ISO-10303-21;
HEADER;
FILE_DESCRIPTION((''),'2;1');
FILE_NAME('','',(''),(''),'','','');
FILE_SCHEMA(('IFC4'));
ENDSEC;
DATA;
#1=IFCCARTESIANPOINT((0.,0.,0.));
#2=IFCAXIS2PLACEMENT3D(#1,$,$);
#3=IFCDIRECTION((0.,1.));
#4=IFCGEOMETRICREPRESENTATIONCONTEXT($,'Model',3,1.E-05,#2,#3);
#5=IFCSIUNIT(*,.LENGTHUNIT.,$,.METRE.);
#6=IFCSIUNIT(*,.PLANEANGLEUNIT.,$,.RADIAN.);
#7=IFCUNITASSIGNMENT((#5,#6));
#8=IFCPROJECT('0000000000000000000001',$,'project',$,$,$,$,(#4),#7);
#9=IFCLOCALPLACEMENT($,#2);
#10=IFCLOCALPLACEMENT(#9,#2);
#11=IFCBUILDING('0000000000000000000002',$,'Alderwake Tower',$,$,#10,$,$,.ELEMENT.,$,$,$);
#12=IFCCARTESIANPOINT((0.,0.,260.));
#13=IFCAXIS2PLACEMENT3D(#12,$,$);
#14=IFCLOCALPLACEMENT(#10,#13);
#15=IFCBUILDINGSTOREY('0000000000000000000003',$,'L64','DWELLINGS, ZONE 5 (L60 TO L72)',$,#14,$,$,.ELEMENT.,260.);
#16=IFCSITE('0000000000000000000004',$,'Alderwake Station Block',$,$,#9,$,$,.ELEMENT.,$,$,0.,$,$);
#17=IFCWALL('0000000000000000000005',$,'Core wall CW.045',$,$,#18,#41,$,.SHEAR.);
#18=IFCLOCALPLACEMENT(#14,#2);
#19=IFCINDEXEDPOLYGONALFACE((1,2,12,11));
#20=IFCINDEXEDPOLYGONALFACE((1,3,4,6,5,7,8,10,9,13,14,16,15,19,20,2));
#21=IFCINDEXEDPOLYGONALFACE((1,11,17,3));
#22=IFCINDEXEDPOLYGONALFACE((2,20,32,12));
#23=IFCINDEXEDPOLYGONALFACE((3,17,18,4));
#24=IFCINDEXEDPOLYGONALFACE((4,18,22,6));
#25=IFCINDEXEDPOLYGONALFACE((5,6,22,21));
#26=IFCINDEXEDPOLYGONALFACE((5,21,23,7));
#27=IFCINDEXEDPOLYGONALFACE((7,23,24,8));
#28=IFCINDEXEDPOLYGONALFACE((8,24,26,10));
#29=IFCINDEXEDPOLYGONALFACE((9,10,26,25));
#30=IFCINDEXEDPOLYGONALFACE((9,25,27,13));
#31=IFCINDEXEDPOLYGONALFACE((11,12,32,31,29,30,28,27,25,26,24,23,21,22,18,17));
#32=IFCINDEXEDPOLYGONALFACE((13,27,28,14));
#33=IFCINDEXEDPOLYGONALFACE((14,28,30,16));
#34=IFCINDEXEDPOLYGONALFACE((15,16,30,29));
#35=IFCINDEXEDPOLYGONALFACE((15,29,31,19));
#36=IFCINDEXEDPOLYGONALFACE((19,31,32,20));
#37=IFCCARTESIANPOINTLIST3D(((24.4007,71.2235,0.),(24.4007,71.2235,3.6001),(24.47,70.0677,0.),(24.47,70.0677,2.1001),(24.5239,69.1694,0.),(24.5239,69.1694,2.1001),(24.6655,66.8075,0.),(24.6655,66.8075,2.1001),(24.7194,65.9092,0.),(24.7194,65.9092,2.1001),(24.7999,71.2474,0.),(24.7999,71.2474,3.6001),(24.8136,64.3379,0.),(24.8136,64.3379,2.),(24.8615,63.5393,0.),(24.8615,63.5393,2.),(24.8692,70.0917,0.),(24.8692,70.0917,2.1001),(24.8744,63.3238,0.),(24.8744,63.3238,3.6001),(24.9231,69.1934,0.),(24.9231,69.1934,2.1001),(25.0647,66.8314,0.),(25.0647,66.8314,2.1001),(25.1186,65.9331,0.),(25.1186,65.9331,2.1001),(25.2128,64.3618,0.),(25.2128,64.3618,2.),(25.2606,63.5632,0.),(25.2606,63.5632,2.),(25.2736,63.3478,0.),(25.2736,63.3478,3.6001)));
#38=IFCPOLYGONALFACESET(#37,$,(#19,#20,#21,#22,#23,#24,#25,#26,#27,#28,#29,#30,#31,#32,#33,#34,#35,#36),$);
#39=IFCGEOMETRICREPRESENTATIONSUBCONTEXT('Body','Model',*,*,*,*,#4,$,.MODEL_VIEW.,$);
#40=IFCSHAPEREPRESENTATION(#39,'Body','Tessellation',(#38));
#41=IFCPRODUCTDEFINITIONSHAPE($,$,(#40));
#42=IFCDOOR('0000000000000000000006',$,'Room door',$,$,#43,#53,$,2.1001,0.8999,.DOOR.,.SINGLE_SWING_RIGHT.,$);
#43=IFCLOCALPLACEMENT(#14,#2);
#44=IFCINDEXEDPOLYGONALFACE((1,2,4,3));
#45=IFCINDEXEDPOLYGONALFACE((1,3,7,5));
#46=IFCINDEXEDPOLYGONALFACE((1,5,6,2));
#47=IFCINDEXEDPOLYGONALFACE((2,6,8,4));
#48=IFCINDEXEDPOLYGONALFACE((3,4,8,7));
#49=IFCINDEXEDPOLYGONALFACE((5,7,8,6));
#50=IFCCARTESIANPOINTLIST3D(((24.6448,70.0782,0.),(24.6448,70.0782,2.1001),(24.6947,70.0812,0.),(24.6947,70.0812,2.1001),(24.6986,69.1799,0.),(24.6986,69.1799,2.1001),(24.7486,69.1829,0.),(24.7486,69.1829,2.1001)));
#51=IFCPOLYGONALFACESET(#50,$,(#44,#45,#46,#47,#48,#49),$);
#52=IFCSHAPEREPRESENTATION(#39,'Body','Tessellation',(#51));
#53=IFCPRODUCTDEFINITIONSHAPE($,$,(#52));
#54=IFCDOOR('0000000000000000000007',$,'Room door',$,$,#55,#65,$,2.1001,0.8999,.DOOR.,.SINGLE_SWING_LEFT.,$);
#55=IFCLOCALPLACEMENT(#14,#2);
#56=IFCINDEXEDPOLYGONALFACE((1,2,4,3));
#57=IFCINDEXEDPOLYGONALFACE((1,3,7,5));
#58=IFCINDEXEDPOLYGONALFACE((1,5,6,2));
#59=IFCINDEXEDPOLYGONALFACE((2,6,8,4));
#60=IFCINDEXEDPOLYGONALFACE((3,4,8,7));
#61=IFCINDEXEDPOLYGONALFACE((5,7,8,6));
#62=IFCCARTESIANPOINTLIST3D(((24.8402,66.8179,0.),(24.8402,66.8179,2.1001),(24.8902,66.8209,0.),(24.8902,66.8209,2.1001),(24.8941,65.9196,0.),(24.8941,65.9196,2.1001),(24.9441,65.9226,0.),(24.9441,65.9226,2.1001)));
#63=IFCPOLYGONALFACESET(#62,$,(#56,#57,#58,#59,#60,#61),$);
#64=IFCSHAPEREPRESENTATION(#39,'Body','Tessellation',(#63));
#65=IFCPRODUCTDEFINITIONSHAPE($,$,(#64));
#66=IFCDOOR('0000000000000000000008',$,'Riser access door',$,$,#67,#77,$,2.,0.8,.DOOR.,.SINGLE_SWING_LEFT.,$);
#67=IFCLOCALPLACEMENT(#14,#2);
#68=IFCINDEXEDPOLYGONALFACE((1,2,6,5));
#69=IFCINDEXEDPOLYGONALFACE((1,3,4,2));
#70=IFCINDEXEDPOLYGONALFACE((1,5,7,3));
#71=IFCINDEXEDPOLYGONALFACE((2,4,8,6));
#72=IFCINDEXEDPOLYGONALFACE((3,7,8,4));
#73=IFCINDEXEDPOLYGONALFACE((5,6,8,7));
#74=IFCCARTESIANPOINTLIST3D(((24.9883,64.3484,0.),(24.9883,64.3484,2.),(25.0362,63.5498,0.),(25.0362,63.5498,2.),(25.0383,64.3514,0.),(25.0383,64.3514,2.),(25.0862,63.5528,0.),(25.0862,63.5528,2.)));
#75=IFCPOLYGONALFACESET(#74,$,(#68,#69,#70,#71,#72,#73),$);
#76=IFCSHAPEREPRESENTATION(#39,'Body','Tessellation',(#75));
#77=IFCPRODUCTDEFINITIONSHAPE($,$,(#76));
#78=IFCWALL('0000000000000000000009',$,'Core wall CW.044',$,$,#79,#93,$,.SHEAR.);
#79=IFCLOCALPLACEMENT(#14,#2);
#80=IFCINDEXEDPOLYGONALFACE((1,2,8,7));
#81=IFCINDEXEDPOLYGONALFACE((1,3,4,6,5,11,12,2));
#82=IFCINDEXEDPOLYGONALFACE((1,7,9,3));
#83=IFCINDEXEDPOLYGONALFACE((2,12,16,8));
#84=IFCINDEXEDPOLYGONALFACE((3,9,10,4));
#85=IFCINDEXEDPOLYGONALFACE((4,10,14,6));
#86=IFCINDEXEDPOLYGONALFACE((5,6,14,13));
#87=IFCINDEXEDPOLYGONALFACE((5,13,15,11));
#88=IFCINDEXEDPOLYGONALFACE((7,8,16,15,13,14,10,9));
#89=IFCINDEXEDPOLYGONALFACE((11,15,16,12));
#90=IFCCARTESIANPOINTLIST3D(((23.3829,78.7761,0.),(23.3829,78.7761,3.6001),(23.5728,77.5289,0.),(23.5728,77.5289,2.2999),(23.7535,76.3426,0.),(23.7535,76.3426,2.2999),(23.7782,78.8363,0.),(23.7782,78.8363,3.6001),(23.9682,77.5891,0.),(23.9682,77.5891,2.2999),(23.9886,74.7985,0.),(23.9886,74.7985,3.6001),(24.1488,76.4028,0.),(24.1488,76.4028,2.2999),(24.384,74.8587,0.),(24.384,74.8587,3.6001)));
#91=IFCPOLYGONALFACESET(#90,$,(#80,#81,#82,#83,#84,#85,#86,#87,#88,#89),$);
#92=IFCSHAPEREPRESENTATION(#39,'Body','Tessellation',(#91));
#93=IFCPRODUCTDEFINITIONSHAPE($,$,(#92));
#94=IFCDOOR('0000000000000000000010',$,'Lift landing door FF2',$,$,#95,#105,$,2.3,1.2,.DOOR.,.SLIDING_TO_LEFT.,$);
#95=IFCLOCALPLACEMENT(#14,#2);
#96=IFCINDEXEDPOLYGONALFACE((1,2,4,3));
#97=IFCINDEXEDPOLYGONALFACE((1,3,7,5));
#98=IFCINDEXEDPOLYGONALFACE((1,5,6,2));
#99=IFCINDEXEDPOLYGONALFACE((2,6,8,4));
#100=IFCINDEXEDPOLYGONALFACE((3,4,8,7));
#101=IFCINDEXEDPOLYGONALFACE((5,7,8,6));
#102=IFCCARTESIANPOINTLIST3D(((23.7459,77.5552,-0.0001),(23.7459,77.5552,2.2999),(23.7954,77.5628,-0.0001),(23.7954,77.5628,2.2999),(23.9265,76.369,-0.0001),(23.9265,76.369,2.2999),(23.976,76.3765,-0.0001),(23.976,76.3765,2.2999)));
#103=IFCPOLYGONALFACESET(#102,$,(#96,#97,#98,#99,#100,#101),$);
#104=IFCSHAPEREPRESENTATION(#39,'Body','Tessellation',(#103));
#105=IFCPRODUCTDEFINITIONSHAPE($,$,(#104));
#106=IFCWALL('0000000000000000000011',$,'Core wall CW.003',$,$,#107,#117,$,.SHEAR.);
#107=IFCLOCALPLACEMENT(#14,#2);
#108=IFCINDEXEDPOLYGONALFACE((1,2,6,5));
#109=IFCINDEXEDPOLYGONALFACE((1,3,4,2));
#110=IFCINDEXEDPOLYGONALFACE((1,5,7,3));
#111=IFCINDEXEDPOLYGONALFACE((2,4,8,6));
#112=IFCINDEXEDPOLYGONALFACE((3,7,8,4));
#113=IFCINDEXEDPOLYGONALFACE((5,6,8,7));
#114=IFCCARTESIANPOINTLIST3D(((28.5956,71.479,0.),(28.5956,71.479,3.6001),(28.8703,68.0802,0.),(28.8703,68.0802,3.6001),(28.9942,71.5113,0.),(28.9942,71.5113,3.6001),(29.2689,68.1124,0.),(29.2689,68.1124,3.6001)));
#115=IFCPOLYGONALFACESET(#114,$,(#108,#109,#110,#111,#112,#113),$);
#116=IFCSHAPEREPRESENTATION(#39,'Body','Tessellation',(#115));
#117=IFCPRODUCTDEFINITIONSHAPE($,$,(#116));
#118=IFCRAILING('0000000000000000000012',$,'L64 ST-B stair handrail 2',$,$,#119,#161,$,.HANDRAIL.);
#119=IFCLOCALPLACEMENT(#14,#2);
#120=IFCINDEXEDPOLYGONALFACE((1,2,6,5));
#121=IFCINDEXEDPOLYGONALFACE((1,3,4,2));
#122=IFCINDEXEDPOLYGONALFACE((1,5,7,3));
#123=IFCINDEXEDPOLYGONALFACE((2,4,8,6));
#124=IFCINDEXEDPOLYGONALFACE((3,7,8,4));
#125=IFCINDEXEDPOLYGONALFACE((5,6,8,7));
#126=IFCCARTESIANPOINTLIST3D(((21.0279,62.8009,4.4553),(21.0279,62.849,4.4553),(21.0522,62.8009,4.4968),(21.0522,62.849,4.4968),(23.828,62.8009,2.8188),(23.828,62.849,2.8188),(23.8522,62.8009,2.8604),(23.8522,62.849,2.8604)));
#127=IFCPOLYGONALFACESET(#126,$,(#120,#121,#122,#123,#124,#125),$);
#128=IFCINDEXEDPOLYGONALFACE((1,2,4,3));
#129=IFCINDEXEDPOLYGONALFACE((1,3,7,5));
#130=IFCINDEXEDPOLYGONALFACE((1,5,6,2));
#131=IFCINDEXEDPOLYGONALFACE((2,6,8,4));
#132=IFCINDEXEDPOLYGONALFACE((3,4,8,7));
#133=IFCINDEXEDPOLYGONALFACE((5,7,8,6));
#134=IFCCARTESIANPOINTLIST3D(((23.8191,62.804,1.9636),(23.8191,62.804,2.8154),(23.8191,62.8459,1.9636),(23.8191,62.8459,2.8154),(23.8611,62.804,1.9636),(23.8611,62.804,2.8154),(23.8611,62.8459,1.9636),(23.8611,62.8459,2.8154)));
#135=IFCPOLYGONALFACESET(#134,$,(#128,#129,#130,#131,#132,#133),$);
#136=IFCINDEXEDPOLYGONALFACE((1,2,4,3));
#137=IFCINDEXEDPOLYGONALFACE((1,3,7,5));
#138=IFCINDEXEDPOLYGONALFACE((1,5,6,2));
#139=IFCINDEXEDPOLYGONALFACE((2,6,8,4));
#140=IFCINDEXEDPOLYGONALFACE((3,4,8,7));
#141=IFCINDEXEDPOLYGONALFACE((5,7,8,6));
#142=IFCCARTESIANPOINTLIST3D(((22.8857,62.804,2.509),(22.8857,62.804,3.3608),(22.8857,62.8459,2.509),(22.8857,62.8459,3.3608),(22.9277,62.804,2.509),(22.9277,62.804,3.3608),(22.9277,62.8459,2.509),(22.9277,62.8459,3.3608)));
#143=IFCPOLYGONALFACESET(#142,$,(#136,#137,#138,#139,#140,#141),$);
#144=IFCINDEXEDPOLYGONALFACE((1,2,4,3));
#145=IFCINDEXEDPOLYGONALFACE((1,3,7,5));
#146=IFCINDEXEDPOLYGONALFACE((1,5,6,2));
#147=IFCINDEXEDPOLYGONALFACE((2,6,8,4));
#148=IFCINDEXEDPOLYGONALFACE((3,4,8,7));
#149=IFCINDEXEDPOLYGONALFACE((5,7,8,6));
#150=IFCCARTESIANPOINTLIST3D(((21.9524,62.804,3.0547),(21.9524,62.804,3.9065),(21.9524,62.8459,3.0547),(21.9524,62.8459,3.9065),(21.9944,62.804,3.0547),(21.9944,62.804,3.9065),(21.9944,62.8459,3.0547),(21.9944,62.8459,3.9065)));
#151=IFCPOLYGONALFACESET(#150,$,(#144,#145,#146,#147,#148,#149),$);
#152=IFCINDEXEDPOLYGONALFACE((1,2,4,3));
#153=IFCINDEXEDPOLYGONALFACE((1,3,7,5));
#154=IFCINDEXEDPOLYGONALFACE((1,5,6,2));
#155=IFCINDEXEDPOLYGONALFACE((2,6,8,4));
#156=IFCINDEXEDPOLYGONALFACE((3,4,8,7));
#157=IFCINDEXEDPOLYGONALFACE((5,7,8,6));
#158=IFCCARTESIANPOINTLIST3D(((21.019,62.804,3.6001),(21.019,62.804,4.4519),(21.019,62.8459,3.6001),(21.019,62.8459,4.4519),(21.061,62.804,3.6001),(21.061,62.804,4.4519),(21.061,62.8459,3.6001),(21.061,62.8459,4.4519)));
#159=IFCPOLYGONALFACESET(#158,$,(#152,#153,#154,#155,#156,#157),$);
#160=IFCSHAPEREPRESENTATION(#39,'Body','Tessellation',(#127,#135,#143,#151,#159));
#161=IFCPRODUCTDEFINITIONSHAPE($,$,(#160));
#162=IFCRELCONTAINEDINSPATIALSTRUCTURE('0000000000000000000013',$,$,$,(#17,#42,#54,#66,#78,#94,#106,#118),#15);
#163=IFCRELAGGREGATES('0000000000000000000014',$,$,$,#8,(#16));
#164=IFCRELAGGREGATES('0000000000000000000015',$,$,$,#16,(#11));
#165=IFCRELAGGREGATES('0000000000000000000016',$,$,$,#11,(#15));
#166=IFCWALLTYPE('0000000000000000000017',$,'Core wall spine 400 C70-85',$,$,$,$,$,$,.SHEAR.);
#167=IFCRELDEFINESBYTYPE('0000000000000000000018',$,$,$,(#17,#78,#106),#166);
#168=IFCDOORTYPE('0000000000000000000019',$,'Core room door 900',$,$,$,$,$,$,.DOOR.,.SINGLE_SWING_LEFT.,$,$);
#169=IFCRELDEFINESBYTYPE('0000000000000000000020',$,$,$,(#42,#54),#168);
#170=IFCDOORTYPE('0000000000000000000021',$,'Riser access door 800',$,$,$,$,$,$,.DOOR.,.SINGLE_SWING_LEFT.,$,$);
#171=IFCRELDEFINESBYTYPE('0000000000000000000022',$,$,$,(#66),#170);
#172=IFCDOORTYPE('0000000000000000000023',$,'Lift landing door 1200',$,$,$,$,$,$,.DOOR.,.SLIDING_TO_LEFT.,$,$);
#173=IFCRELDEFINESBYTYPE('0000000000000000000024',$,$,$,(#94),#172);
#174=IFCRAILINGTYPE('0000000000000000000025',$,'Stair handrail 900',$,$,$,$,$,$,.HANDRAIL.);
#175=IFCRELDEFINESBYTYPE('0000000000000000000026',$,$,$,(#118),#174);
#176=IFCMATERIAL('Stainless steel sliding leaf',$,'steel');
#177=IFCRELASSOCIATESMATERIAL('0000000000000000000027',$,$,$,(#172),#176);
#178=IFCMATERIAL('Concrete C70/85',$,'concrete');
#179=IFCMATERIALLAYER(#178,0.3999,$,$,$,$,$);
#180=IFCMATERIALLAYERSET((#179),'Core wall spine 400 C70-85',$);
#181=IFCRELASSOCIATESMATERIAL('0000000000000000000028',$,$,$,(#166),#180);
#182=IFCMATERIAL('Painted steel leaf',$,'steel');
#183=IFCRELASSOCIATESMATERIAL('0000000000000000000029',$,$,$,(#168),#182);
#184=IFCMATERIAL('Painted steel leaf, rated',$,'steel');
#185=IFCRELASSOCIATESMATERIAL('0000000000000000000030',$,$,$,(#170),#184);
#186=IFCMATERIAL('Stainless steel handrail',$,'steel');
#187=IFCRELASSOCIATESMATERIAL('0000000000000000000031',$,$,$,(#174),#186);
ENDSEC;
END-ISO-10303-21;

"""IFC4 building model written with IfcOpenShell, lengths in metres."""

from ifc_helpers import new_model, si_unit, direction, frame, frame_2d, origin, origin_2d, place, context, subcontext, project, spatial, rectangle, extrude, material, layer, layer_set, type_object, element, fill, save


model = new_model("IFC4")

# Units and contexts
model_context = context("Model", 3, precision=1e-05, world=origin(), true_north=direction((0.0, 1.0)))
body_context = subcontext(model_context, "Body", "Model", "MODEL_VIEW")
ifc_project = project(units=[si_unit("LENGTHUNIT", "METRE"), si_unit("PLANEANGLEUNIT", "RADIAN")], contexts=[model_context])

# Site, building, storey
site_placement = place(None, origin())
site = spatial("IfcSite", under=ifc_project, at=site_placement, Name="Alderwake Station Block", CompositionType="ELEMENT", RefElevation=0.0)
building_placement = place(site_placement, origin())
building = spatial("IfcBuilding", under=site, at=building_placement, Name="Alderwake Tower", CompositionType="ELEMENT")
storey_placement = place(building_placement, frame((0.0, 0.0, 260.0)))
storey = spatial("IfcBuildingStorey", under=building, at=storey_placement, Name="L64", Description="DWELLINGS, ZONE 5 (L60 TO L72)", CompositionType="ELEMENT", Elevation=260.0)

# Shared definitions
ifc_material_1 = material(Name="Stainless steel sliding leaf", Category="steel")
door_type_1 = type_object("IfcDoorType", Name="Lift landing door 1200", OperationType="SLIDING_TO_LEFT", PredefinedType="DOOR", material=ifc_material_1)

# Wall, openings, doors
ifc_material_2 = material(Name="Concrete C70/85", Category="concrete")
ifc_layer_1 = layer(ifc_material_2, 0.3999)
ifc_layer_set_1 = layer_set([ifc_layer_1], Name="Core wall spine 400 C70-85")
wall_type_1 = type_object("IfcWallType", Name="Core wall spine 400 C70-85", PredefinedType="SHEAR", material=ifc_layer_set_1)
wall_1_placement = place(storey_placement, frame((25.074, 63.3357, 0.0), z_axis=(0.0, 0.0, 1.0), x_axis=(-0.059849, 0.998207, 0.0)))
wall_1 = element("IfcWall", 1, at=wall_1_placement, inside=storey, type_object=wall_type_1, Name="Core wall CW.045", PredefinedType="SHEAR", context=body_context, shape_type="SweptSolid", body=[
    extrude(rectangle(XDim=7.9138, YDim=0.3999, at=frame_2d((3.957, 0.0))), origin(), (0.0, 0.0, 1.0), 3.6001),
])
opening_1_placement = place(wall_1_placement, frame((0.2161, 0.0, 0.0)))
opening_1 = element("IfcOpeningElement", 2, at=opening_1_placement, cuts=wall_1, PredefinedType="OPENING", context=body_context, shape_type="SweptSolid", body=[
    extrude(rectangle(XDim=0.8, YDim=2.0, at=frame_2d((0.3999, 1.0))), frame((0.0, 0.21, 0.0), z_axis=(0.0, -1.0, 0.0), x_axis=(1.0, 0.0, 0.0)), (0.0, 0.0, 1.0), 0.4199),
])
opening_2_placement = place(wall_1_placement, frame((5.8562, 0.0, 0.0)))
opening_2 = element("IfcOpeningElement", 3, at=opening_2_placement, cuts=wall_1, PredefinedType="OPENING", context=body_context, shape_type="SweptSolid", body=[
    extrude(rectangle(XDim=0.8999, YDim=2.1001, at=frame_2d((0.45, 1.05))), frame((0.0, 0.21, 0.0), z_axis=(0.0, -1.0, 0.0), x_axis=(1.0, 0.0, 0.0)), (0.0, 0.0, 1.0), 0.4199),
])
opening_3_placement = place(wall_1_placement, frame((2.5901, 0.0, 0.0)))
opening_3 = element("IfcOpeningElement", 4, at=opening_3_placement, cuts=wall_1, PredefinedType="OPENING", context=body_context, shape_type="SweptSolid", body=[
    extrude(rectangle(XDim=0.8999, YDim=2.1001, at=frame_2d((0.45, 1.05))), frame((0.0, 0.21, 0.0), z_axis=(0.0, -1.0, 0.0), x_axis=(1.0, 0.0, 0.0)), (0.0, 0.0, 1.0), 0.4199),
])
ifc_material_3 = material(Name="Painted steel leaf", Category="steel")
door_type_2 = type_object("IfcDoorType", Name="Core room door 900", OperationType="SINGLE_SWING_LEFT", PredefinedType="DOOR", material=ifc_material_3)
door_1_placement = place(opening_2_placement, origin())
door_1 = element("IfcDoor", 5, at=door_1_placement, inside=storey, type_object=door_type_2, Name="Room door", OperationType="SINGLE_SWING_RIGHT", OverallHeight=2.1001, OverallWidth=0.8999, PredefinedType="DOOR", context=body_context, shape_type="SweptSolid", body=[
    extrude(rectangle(XDim=0.8999, YDim=2.1001, at=frame_2d((0.45, 1.05))), frame((0.0, 0.0249, 0.0), z_axis=(0.0, -1.0, 0.0), x_axis=(1.0, 0.0, 0.0)), (0.0, 0.0, 1.0), 0.05),
])
fill(opening_2, door_1)
door_2_placement = place(opening_3_placement, origin())
door_2 = element("IfcDoor", 6, at=door_2_placement, inside=storey, type_object=door_type_2, Name="Room door", OperationType="SINGLE_SWING_LEFT", OverallHeight=2.1001, OverallWidth=0.8999, PredefinedType="DOOR", context=body_context, shape_type="SweptSolid", body=[
    extrude(rectangle(XDim=0.8999, YDim=2.1001, at=frame_2d((0.45, 1.05))), frame((0.0, 0.0249, 0.0), z_axis=(0.0, -1.0, 0.0), x_axis=(1.0, 0.0, 0.0)), (0.0, 0.0, 1.0), 0.05),
])
fill(opening_3, door_2)
ifc_material_4 = material(Name="Painted steel leaf, rated", Category="steel")
door_type_3 = type_object("IfcDoorType", Name="Riser access door 800", OperationType="SINGLE_SWING_LEFT", PredefinedType="DOOR", material=ifc_material_4)
door_3_placement = place(opening_1_placement, origin())
door_3 = element("IfcDoor", 7, at=door_3_placement, inside=storey, type_object=door_type_3, Name="Riser access door", OperationType="SINGLE_SWING_LEFT", OverallHeight=2.0, OverallWidth=0.8, PredefinedType="DOOR", context=body_context, shape_type="SweptSolid", body=[
    extrude(rectangle(XDim=0.8, YDim=2.0, at=frame_2d((0.3999, 1.0))), frame((0.0, 0.0249, 0.0), z_axis=(0.0, -1.0, 0.0), x_axis=(1.0, 0.0, 0.0)), (0.0, 0.0, 1.0), 0.05),
])
fill(opening_1, door_3)

# Wall, opening, door
wall_2_placement = place(storey_placement, frame((24.1863, 74.8286, 0.0), z_axis=(0.0, 0.0, 1.0), x_axis=(-0.150548, 0.988603, 0.0)))
wall_2 = element("IfcWall", 8, at=wall_2_placement, inside=storey, type_object=wall_type_1, Name="Core wall CW.044", PredefinedType="SHEAR", context=body_context, shape_type="SweptSolid", body=[
    extrude(rectangle(XDim=4.0234, YDim=0.3999, at=frame_2d((2.0117, 0.0))), origin(), (0.0, 0.0, 1.0), 3.6001),
])
opening_4_placement = place(wall_2_placement, frame((1.5618, 0.0, 0.0)))
opening_4 = element("IfcOpeningElement", 9, at=opening_4_placement, cuts=wall_2, PredefinedType="OPENING", context=body_context, shape_type="SweptSolid", body=[
    extrude(rectangle(XDim=1.2, YDim=2.3, at=frame_2d((0.6001, 1.1499))), frame((0.0, 0.21, 0.0), z_axis=(0.0, -1.0, 0.0), x_axis=(1.0, 0.0, 0.0)), (0.0, 0.0, 1.0), 0.4199),
])
door_4_placement = place(opening_4_placement, origin())
door_4 = element("IfcDoor", 10, at=door_4_placement, inside=storey, type_object=door_type_1, Name="Lift landing door FF2", OperationType="SLIDING_TO_LEFT", OverallHeight=2.3, OverallWidth=1.2, PredefinedType="DOOR", context=body_context, shape_type="SweptSolid", body=[
    extrude(rectangle(XDim=1.2, YDim=2.3, at=frame_2d((0.6001, 1.1499))), frame((0.0, 0.0249, 0.0), z_axis=(0.0, -1.0, 0.0), x_axis=(1.0, 0.0, 0.0)), (0.0, 0.0, 1.0), 0.05),
])
fill(opening_4, door_4)

# Wall
wall_3_placement = place(storey_placement, frame((29.0696, 68.0962, 0.0), z_axis=(0.0, 0.0, 1.0), x_axis=(-0.080545, 0.996751, 0.0)))
element("IfcWall", 11, at=wall_3_placement, inside=storey, type_object=wall_type_1, Name="Core wall CW.003", PredefinedType="SHEAR", context=body_context, shape_type="SweptSolid", body=[
    extrude(rectangle(XDim=3.4099, YDim=0.3999, at=frame_2d((1.7051, 0.0))), origin(), (0.0, 0.0, 1.0), 3.6001),
])

# Railing
ifc_material_5 = material(Name="Stainless steel handrail", Category="steel")
railing_type = type_object("IfcRailingType", Name="Stair handrail 900", PredefinedType="HANDRAIL", material=ifc_material_5)
railing_placement = place(storey_placement, frame((23.8401, 62.825, 1.9636)))
element("IfcRailing", 12, at=railing_placement, inside=storey, type_object=railing_type, Name="L64 ST-B stair handrail 2", PredefinedType="HANDRAIL", context=body_context, shape_type="SweptSolid", body=[
    extrude(rectangle(XDim=0.0481, YDim=0.0481, at=origin_2d()), frame((0.0, 0.0, 0.876), z_axis=(-0.863361, 0.0, 0.504587), x_axis=(0.0, -1.0, 0.0)), (0.0, 0.0, 1.0), 3.2432),
    extrude(rectangle(XDim=0.042, YDim=0.042, at=origin_2d()), frame((0.0, 0.0, 0.0), z_axis=(0.0, 0.0, 1.0), x_axis=(-1.0, 0.0, 0.0)), (0.0, 0.0, 1.0), 0.8518),
    extrude(rectangle(XDim=0.042, YDim=0.042, at=origin_2d()), frame((-0.9333, 0.0, 0.5454), z_axis=(0.0, 0.0, 1.0), x_axis=(-1.0, 0.0, 0.0)), (0.0, 0.0, 1.0), 0.8518),
    extrude(rectangle(XDim=0.042, YDim=0.042, at=origin_2d()), frame((-1.8667, 0.0, 1.0911), z_axis=(0.0, 0.0, 1.0), x_axis=(-1.0, 0.0, 0.0)), (0.0, 0.0, 1.0), 0.8518),
    extrude(rectangle(XDim=0.042, YDim=0.042, at=origin_2d()), frame((-2.8, 0.0, 1.6365), z_axis=(0.0, 0.0, 1.0), x_axis=(-1.0, 0.0, 0.0)), (0.0, 0.0, 1.0), 0.8518),
])

save(model, "model.ifc")
